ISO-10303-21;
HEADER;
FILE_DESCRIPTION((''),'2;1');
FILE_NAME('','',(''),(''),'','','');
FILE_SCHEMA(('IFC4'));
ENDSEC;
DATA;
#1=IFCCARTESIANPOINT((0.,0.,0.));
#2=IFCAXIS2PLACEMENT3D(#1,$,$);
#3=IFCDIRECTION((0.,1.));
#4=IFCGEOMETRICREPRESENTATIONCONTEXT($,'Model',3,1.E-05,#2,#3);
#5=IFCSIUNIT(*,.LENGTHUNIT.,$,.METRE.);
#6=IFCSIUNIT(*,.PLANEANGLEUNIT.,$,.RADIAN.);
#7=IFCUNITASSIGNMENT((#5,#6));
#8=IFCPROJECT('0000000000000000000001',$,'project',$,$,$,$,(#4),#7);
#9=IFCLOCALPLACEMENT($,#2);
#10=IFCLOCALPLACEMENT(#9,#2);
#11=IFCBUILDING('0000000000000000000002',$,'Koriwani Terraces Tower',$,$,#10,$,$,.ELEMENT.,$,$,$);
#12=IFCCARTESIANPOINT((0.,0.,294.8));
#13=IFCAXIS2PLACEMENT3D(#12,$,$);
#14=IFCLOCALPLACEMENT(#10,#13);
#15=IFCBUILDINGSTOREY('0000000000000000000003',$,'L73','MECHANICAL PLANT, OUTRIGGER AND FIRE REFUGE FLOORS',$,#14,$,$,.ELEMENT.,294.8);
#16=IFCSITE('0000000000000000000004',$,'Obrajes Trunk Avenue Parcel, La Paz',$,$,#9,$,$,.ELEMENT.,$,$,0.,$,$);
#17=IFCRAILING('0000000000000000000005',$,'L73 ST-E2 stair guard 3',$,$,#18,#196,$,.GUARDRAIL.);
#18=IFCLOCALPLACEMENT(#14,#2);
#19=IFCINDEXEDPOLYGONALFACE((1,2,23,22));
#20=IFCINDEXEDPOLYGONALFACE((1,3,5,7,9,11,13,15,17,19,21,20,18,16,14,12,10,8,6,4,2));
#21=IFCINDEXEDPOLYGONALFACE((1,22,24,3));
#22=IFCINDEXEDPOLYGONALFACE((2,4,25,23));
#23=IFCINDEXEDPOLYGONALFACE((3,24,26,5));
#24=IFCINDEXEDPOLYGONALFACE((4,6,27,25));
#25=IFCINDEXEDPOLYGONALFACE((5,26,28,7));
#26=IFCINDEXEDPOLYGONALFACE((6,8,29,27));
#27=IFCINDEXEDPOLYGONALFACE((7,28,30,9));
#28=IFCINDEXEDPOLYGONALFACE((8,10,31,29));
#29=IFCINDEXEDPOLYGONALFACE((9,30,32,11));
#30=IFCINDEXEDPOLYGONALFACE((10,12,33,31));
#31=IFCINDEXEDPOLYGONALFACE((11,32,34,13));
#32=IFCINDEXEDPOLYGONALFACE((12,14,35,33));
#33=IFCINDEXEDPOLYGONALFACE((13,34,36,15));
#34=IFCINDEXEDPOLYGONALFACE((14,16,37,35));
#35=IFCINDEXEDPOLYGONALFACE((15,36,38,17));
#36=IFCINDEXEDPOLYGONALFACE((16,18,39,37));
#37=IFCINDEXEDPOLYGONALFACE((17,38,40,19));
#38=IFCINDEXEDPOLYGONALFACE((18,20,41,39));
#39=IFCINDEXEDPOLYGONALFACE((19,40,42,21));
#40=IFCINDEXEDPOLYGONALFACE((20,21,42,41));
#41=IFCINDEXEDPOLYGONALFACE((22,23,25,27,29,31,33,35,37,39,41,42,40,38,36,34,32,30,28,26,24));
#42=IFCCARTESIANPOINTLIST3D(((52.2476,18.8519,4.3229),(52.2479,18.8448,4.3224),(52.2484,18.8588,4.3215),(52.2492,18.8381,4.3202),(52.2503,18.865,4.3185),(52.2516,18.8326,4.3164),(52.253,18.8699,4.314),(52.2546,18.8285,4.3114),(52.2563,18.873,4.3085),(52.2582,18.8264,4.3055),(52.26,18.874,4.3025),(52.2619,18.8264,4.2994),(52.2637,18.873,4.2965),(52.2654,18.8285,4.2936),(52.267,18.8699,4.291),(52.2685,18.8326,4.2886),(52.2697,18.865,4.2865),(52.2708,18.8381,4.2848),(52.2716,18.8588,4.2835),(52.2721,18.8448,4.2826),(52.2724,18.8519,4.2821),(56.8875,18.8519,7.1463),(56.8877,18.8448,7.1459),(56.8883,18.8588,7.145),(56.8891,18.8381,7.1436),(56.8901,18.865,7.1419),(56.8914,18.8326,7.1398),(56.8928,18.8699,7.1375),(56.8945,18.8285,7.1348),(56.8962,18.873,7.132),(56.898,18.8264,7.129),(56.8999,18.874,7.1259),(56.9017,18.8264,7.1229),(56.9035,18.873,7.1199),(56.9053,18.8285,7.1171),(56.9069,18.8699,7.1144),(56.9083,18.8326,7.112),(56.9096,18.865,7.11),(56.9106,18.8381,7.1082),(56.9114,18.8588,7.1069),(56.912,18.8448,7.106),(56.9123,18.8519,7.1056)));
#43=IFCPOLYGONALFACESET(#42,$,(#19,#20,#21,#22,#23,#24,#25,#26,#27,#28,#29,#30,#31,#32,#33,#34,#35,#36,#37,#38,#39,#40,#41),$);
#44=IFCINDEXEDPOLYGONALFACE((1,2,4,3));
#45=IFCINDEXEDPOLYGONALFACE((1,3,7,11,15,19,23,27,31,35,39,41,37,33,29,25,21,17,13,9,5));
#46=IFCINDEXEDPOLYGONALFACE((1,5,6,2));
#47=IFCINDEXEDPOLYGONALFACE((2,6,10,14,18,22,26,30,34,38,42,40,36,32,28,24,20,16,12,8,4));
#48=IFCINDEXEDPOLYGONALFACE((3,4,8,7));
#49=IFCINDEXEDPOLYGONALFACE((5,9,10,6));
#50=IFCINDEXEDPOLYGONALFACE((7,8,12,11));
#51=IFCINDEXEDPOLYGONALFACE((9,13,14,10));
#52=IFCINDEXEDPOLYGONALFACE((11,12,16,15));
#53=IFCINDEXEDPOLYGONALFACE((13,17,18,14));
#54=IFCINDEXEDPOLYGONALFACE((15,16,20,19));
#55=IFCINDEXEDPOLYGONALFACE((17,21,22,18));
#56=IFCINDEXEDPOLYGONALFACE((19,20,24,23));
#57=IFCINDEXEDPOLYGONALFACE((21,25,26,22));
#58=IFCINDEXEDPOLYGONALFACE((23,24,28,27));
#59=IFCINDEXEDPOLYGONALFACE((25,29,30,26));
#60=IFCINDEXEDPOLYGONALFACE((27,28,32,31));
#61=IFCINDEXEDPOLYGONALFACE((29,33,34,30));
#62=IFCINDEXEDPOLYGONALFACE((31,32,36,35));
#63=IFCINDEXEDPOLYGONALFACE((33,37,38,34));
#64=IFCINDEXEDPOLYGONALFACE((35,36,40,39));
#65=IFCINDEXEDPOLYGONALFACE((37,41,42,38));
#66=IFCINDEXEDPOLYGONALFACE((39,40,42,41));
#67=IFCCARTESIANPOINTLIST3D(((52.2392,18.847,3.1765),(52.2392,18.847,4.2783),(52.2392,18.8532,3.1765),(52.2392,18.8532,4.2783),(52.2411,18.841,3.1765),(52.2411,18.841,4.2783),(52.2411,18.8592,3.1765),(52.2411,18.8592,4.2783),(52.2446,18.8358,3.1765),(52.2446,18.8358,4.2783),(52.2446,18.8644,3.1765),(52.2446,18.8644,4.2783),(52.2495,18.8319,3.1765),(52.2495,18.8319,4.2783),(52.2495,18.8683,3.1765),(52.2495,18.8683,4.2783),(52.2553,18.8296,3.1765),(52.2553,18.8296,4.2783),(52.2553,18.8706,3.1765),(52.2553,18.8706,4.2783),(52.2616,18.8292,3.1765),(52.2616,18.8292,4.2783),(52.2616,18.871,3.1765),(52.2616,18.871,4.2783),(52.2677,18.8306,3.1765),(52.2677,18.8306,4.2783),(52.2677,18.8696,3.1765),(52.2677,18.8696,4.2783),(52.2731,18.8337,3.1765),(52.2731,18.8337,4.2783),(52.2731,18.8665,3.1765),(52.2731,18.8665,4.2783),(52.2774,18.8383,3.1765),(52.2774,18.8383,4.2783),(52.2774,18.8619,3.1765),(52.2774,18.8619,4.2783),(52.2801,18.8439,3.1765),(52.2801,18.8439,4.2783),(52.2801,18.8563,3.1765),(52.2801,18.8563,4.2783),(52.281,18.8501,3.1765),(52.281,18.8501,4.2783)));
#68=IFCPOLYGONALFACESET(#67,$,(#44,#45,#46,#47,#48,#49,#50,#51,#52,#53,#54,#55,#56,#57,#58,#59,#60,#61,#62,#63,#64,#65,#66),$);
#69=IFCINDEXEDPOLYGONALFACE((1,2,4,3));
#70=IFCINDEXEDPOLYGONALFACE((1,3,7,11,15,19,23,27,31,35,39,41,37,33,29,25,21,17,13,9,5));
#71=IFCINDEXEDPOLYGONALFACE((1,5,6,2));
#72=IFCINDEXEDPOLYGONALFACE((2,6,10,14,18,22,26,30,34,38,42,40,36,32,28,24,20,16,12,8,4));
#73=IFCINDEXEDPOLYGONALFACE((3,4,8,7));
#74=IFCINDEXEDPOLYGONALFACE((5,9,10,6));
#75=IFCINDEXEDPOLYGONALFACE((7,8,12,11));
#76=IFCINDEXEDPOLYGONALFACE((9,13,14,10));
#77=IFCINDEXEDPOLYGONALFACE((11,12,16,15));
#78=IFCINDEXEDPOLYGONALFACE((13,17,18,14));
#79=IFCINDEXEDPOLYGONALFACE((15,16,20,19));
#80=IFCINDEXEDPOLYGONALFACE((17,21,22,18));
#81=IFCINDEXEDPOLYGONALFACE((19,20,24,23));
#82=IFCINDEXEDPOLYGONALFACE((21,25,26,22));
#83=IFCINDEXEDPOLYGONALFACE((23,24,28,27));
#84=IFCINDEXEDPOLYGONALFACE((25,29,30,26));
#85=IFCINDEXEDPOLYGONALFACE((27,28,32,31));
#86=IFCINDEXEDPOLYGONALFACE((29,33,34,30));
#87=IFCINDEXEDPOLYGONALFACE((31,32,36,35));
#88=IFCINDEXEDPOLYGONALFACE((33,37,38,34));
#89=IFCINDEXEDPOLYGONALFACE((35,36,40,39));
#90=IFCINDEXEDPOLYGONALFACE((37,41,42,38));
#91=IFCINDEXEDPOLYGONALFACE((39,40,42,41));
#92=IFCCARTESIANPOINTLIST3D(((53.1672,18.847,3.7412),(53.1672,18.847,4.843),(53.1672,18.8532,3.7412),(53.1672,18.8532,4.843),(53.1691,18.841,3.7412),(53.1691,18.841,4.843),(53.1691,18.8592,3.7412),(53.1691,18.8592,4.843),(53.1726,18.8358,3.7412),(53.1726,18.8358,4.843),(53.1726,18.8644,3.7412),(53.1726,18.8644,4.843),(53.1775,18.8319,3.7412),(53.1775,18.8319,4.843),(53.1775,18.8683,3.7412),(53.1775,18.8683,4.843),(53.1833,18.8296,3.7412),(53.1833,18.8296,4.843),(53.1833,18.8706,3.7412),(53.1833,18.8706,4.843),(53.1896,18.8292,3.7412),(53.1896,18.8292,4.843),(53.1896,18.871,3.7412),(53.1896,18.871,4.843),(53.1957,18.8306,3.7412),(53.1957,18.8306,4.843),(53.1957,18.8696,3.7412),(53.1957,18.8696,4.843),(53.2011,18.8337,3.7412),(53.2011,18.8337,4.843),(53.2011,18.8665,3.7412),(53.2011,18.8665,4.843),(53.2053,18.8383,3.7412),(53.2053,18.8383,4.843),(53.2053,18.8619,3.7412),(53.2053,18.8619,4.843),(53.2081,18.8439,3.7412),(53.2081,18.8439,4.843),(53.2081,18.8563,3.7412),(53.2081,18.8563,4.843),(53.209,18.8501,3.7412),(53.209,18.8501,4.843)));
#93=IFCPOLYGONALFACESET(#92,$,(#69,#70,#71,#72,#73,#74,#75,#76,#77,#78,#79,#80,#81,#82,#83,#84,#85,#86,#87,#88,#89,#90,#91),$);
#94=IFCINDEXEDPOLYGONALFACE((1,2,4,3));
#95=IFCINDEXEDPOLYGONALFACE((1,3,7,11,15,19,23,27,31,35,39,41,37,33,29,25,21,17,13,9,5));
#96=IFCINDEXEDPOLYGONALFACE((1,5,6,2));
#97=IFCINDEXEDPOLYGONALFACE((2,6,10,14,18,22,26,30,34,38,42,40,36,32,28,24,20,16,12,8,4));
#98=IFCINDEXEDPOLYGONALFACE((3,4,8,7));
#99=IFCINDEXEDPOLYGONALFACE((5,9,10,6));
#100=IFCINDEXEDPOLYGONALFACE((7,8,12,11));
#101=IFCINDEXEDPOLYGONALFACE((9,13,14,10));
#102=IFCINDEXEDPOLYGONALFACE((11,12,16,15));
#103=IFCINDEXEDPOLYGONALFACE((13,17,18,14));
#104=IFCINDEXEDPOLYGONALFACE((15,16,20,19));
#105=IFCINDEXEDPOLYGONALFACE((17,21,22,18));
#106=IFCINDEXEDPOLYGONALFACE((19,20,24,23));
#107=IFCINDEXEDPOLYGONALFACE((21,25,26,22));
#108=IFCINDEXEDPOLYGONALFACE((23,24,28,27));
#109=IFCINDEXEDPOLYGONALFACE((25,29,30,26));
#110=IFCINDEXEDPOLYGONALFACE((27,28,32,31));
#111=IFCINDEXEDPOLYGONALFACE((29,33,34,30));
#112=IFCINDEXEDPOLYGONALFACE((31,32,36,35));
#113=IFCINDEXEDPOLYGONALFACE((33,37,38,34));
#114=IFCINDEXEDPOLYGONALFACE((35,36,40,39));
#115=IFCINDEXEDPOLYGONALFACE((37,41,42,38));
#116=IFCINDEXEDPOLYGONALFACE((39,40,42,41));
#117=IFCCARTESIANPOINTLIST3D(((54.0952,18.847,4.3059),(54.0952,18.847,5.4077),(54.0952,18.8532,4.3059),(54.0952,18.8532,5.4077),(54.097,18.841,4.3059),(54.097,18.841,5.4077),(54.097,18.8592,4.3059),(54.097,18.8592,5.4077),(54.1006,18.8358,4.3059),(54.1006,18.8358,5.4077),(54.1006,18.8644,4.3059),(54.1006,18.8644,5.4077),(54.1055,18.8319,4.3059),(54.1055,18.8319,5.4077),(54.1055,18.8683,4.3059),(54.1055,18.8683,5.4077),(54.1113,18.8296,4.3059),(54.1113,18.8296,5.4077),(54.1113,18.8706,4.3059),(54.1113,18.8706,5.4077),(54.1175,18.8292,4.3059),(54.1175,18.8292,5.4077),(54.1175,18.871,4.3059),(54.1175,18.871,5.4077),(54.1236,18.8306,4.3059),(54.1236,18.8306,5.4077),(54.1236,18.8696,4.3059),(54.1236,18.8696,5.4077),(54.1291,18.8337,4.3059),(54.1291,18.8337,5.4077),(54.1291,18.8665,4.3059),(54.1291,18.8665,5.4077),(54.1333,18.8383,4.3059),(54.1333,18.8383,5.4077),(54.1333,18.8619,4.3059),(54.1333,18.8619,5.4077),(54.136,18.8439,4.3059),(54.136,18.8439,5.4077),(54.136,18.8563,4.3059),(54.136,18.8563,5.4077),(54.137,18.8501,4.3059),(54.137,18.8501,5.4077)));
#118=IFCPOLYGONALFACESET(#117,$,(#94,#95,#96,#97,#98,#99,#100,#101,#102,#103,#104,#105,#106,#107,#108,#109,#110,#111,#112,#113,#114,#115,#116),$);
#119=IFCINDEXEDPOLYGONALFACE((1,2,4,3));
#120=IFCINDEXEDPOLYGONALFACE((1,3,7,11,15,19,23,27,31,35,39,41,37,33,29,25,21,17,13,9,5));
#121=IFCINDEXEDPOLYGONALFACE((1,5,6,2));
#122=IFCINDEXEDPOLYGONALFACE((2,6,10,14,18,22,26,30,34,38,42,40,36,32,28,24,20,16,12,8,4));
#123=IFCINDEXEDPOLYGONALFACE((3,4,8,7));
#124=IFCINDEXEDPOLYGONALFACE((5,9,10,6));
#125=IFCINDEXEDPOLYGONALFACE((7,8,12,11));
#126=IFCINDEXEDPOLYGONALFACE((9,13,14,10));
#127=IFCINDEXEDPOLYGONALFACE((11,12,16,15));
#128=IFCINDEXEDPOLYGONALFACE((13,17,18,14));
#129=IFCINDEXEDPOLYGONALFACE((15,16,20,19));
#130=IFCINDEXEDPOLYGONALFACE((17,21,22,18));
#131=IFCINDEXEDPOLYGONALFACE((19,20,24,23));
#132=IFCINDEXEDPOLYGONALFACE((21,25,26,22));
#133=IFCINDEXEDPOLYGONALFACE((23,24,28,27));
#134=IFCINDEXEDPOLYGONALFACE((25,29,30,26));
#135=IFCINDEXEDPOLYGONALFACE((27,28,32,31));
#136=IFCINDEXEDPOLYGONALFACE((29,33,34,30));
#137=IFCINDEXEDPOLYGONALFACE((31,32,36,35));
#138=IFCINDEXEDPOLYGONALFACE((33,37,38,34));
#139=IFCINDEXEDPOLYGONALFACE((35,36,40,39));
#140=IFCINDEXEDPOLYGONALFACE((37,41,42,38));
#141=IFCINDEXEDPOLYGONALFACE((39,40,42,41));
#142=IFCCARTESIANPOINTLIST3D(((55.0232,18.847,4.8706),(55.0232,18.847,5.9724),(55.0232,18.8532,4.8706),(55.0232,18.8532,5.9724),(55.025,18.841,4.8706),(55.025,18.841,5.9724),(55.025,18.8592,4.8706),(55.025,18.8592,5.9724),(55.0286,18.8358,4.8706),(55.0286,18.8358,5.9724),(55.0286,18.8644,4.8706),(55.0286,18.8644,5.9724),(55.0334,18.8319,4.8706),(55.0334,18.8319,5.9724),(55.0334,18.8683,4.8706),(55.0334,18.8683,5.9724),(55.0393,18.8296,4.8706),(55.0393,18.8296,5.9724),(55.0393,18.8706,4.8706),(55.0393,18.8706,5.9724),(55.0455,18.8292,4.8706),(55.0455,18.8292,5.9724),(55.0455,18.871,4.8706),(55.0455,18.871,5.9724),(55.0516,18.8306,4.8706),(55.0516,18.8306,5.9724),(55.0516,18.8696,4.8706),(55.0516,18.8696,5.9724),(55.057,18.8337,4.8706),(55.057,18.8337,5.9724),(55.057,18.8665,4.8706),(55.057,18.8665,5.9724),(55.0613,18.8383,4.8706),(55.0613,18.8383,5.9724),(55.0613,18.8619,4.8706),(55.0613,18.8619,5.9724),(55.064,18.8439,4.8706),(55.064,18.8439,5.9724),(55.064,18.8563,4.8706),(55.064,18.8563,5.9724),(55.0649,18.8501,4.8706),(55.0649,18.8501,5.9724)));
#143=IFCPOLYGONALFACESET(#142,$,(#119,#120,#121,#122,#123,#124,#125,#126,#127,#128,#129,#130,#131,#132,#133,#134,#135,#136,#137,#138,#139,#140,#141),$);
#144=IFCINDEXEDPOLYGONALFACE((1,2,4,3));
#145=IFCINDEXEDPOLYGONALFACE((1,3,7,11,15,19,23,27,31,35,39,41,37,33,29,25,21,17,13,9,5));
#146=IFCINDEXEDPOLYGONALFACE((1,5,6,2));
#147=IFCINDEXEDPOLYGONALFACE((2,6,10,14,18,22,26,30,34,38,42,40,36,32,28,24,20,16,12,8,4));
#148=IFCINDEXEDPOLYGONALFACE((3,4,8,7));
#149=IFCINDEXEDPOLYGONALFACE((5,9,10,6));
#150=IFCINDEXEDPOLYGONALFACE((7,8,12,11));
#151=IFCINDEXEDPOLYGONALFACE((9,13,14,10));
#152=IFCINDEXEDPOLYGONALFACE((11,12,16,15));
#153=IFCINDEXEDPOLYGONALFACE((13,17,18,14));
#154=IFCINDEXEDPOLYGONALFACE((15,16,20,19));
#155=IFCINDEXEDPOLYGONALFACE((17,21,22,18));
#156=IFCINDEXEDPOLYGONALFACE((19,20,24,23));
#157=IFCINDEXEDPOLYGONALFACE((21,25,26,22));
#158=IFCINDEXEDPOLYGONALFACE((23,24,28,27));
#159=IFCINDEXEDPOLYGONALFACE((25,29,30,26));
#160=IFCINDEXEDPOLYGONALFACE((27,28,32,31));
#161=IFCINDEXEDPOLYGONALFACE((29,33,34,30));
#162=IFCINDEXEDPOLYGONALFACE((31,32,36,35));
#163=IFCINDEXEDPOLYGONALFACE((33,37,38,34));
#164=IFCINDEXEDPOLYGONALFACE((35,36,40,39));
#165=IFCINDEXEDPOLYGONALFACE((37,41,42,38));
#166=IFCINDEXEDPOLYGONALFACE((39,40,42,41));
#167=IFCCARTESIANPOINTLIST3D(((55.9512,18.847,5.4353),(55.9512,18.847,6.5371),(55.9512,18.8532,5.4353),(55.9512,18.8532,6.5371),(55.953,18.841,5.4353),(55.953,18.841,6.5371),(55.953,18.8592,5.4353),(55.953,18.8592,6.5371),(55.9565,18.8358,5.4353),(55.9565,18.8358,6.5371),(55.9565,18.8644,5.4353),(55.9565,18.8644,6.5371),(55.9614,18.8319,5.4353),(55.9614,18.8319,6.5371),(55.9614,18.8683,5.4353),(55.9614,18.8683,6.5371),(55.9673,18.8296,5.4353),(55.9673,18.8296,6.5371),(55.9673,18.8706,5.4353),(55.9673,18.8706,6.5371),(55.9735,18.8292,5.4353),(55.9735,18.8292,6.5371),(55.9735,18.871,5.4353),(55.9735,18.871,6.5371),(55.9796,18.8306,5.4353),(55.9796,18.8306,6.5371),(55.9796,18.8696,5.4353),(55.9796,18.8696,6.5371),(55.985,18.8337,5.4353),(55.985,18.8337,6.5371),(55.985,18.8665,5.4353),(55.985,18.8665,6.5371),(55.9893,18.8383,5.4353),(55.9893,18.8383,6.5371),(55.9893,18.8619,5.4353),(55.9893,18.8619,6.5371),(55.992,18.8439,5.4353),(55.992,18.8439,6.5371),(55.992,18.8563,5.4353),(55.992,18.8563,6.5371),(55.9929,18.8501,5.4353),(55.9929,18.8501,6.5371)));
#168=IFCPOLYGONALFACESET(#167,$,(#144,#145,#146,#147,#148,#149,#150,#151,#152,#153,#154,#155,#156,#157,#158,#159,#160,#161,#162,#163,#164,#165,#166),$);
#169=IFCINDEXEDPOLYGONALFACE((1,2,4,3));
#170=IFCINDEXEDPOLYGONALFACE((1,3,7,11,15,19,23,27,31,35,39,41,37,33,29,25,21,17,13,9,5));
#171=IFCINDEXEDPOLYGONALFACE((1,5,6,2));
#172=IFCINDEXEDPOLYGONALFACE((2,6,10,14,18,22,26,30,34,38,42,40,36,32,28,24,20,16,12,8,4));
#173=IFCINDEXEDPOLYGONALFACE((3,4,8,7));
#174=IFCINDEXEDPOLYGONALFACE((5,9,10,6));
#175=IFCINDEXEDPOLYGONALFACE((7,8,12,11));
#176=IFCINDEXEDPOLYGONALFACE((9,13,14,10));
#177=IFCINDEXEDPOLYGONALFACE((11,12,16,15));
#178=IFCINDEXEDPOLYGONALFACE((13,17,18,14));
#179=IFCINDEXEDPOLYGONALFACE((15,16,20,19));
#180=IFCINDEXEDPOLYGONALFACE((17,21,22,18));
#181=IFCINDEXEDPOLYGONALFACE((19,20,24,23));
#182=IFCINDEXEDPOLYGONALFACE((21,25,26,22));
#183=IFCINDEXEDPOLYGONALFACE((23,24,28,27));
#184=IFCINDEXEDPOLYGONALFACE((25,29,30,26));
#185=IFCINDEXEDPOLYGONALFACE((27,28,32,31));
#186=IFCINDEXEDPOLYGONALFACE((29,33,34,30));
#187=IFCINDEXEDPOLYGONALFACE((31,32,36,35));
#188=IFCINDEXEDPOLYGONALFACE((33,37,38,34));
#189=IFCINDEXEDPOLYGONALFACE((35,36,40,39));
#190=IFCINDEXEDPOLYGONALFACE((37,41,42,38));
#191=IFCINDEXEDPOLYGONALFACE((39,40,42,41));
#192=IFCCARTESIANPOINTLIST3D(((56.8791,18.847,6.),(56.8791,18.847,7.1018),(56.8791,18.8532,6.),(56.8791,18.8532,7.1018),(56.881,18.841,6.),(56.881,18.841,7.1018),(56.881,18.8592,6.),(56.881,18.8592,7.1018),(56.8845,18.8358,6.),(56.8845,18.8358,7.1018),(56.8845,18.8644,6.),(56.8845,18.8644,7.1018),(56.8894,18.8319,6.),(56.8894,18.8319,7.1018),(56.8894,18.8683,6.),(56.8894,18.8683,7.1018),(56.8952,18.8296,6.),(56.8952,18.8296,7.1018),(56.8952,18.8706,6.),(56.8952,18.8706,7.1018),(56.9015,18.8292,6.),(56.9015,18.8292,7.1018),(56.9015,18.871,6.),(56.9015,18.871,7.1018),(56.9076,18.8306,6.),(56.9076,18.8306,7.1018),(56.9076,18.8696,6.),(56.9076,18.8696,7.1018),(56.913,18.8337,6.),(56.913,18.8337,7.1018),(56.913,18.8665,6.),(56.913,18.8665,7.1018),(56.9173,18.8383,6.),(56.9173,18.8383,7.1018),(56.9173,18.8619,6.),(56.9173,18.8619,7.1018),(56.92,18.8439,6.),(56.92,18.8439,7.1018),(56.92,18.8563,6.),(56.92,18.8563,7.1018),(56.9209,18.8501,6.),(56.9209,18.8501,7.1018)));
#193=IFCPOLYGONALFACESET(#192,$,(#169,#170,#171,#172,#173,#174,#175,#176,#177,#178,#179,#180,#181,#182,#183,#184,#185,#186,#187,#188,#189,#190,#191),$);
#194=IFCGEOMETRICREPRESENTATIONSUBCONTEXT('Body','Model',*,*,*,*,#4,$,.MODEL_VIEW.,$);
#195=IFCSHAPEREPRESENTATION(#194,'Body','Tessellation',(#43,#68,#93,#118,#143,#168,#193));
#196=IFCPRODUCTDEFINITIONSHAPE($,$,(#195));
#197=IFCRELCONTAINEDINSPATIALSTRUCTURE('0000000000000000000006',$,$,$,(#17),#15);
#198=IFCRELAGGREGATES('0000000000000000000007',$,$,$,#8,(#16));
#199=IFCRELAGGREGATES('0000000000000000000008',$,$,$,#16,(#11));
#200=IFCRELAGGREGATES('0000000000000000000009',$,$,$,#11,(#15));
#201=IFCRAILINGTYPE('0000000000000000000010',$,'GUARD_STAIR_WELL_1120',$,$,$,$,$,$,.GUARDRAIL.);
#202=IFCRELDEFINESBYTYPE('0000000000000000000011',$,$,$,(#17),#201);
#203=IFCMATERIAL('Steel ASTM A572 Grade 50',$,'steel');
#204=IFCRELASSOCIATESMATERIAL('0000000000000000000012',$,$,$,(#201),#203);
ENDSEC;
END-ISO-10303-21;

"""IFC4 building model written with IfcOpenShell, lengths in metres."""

from ifc_helpers import new_model, si_unit, direction, frame, origin, origin_2d, place, context, subcontext, project, spatial, circle, extrude, material, type_object, element, save


model = new_model("IFC4")

# Units and contexts
model_context = context("Model", 3, precision=1e-05, world=origin(), true_north=direction((0.0, 1.0)))
body_context = subcontext(model_context, "Body", "Model", "MODEL_VIEW")
ifc_project = project(units=[si_unit("LENGTHUNIT", "METRE"), si_unit("PLANEANGLEUNIT", "RADIAN")], contexts=[model_context])

# Site, building, storey
site_placement = place(None, origin())
site = spatial("IfcSite", under=ifc_project, at=site_placement, Name="Obrajes Trunk Avenue Parcel, La Paz", CompositionType="ELEMENT", RefElevation=0.0)
building_placement = place(site_placement, origin())
building = spatial("IfcBuilding", under=site, at=building_placement, Name="Koriwani Terraces Tower", CompositionType="ELEMENT")
storey_placement = place(building_placement, frame((0.0, 0.0, 294.8)))
storey = spatial("IfcBuildingStorey", under=building, at=storey_placement, Name="L73", Description="MECHANICAL PLANT, OUTRIGGER AND FIRE REFUGE FLOORS", CompositionType="ELEMENT", Elevation=294.8)

# Shared definitions
ifc_material_1 = material(Name="Steel ASTM A572 Grade 50", Category="steel")

# Railing
railing_type_1 = type_object("IfcRailingType", Name="GUARD_STAIR_WELL_1120", PredefinedType="GUARDRAIL", material=ifc_material_1)
railing_1_placement = place(storey_placement, frame((52.26, 18.8501, 3.1765)))
element("IfcRailing", 1, at=railing_1_placement, inside=storey, type_object=railing_type_1, Name="L73 ST-E2 stair guard 3", PredefinedType="GUARDRAIL", context=body_context, shape_type="SweptSolid", body=[
    extrude(circle(Radius=0.0239, at=origin_2d()), frame((0.0, 0.0, 1.126), z_axis=(0.854264, 0.0, 0.51984), x_axis=(0.0, 1.0, 0.0)), (0.0, 0.0, 1.0), 5.4314),
    extrude(circle(Radius=0.021, at=origin_2d()), origin(), (0.0, 0.0, 1.0), 1.1018),
    extrude(circle(Radius=0.021, at=origin_2d()), frame((0.928, 0.0, 0.5647)), (0.0, 0.0, 1.0), 1.1018),
    extrude(circle(Radius=0.021, at=origin_2d()), frame((1.856, 0.0, 1.1294)), (0.0, 0.0, 1.0), 1.1018),
    extrude(circle(Radius=0.021, at=origin_2d()), frame((2.7839, 0.0, 1.6941)), (0.0, 0.0, 1.0), 1.1018),
    extrude(circle(Radius=0.021, at=origin_2d()), frame((3.7119, 0.0, 2.2588)), (0.0, 0.0, 1.0), 1.1018),
    extrude(circle(Radius=0.021, at=origin_2d()), frame((4.6399, 0.0, 2.8235)), (0.0, 0.0, 1.0), 1.1018),
])

save(model, "model.ifc")
